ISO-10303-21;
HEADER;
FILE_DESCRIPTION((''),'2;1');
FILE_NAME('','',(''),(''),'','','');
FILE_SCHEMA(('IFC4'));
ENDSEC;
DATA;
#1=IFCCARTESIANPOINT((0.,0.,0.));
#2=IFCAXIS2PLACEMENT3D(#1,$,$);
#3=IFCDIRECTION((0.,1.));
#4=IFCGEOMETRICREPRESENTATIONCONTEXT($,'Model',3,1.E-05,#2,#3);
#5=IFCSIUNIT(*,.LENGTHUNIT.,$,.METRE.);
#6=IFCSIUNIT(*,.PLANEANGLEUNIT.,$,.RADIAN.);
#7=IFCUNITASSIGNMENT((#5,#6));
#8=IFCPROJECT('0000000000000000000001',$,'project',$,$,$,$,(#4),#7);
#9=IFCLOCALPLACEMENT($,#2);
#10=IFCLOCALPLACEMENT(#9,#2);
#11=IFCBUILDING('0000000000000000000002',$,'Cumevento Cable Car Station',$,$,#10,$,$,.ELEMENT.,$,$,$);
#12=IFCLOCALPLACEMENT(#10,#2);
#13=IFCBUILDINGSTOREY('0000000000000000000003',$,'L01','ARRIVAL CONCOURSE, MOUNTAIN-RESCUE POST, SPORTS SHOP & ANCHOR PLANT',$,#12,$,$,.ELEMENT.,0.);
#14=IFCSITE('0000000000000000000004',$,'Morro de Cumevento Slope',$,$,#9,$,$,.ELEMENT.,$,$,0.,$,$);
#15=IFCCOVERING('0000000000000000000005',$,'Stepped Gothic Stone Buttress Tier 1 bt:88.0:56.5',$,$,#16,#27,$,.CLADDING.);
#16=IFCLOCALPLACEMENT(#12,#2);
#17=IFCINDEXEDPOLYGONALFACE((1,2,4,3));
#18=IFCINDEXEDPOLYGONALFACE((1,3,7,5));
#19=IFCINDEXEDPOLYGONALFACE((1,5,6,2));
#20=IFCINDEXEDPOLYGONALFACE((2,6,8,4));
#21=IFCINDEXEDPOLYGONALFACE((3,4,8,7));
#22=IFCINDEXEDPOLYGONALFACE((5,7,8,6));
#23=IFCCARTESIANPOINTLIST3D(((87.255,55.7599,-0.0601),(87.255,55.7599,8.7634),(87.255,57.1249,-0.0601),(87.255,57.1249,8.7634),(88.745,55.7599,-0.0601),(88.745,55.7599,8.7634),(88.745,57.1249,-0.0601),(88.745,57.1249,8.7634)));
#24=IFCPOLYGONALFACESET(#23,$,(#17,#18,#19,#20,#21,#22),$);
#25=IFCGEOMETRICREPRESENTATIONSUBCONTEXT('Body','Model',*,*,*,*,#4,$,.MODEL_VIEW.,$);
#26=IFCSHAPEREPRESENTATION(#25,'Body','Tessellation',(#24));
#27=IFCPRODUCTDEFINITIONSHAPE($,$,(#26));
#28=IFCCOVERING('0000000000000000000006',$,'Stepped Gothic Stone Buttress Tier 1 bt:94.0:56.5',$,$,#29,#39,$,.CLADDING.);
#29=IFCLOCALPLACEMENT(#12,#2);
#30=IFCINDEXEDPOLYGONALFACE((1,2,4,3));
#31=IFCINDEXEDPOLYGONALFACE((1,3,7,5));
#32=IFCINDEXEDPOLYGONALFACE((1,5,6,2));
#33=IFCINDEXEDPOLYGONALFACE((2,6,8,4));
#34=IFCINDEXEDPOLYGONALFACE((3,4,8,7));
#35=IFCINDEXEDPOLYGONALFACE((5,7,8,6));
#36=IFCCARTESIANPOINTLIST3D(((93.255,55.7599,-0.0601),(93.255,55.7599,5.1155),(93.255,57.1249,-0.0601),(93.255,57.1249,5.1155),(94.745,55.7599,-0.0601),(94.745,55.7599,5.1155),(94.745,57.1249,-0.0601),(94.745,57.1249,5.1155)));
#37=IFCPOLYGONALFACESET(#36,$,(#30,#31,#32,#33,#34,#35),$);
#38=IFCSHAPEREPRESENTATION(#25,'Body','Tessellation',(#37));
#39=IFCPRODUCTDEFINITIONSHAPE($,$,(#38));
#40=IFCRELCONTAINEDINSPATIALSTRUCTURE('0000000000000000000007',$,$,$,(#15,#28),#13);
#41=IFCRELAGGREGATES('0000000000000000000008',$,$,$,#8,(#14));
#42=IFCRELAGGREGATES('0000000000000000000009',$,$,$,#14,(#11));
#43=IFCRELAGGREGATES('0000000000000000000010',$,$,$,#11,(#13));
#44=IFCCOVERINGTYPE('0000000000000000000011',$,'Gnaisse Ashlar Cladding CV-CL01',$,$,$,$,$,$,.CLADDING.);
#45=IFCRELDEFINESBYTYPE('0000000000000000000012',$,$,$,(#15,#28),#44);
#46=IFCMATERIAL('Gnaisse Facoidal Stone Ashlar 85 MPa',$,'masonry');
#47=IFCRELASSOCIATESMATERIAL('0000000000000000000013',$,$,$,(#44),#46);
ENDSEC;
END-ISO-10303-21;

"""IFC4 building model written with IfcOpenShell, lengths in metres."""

from ifc_helpers import new_model, si_unit, direction, frame, origin, origin_2d, place, context, subcontext, project, spatial, rectangle, extrude, material, type_object, element, save


model = new_model("IFC4")

# Units and contexts
model_context = context("Model", 3, precision=1e-05, world=origin(), true_north=direction((0.0, 1.0)))
body_context = subcontext(model_context, "Body", "Model", "MODEL_VIEW")
ifc_project = project(units=[si_unit("LENGTHUNIT", "METRE"), si_unit("PLANEANGLEUNIT", "RADIAN")], contexts=[model_context])

# Site, building, storey
site_placement = place(None, origin())
site = spatial("IfcSite", under=ifc_project, at=site_placement, Name="Morro de Cumevento Slope", CompositionType="ELEMENT", RefElevation=0.0)
building_placement = place(site_placement, origin())
building = spatial("IfcBuilding", under=site, at=building_placement, Name="Cumevento Cable Car Station", CompositionType="ELEMENT")
storey_placement = place(building_placement, origin())
storey = spatial("IfcBuildingStorey", under=building, at=storey_placement, Name="L01", Description="ARRIVAL CONCOURSE, MOUNTAIN-RESCUE POST, SPORTS SHOP & ANCHOR PLANT", CompositionType="ELEMENT", Elevation=0.0)

# Coverings
ifc_material_1 = material(Name="Gnaisse Facoidal Stone Ashlar 85 MPa", Category="masonry")
covering_type = type_object("IfcCoveringType", Name="Gnaisse Ashlar Cladding CV-CL01", PredefinedType="CLADDING", material=ifc_material_1)
covering_1_placement = place(storey_placement, frame((88.0, 56.4424, -0.0601), z_axis=(0.0, 0.0, 1.0), x_axis=(1.0, 0.0, 0.0)))
element("IfcCovering", 1, at=covering_1_placement, inside=storey, type_object=covering_type, Name="Stepped Gothic Stone Buttress Tier 1 bt:88.0:56.5", PredefinedType="CLADDING", context=body_context, shape_type="SweptSolid", body=[
    extrude(rectangle(XDim=1.49, YDim=1.365, at=origin_2d()), origin(), (0.0, 0.0, 1.0), 8.8235),
])
covering_2_placement = place(storey_placement, frame((94.0, 56.4424, -0.0601), z_axis=(0.0, 0.0, 1.0), x_axis=(1.0, 0.0, 0.0)))
element("IfcCovering", 2, at=covering_2_placement, inside=storey, type_object=covering_type, Name="Stepped Gothic Stone Buttress Tier 1 bt:94.0:56.5", PredefinedType="CLADDING", context=body_context, shape_type="SweptSolid", body=[
    extrude(rectangle(XDim=1.49, YDim=1.365, at=origin_2d()), origin(), (0.0, 0.0, 1.0), 5.1755),
])

save(model, "model.ifc")
